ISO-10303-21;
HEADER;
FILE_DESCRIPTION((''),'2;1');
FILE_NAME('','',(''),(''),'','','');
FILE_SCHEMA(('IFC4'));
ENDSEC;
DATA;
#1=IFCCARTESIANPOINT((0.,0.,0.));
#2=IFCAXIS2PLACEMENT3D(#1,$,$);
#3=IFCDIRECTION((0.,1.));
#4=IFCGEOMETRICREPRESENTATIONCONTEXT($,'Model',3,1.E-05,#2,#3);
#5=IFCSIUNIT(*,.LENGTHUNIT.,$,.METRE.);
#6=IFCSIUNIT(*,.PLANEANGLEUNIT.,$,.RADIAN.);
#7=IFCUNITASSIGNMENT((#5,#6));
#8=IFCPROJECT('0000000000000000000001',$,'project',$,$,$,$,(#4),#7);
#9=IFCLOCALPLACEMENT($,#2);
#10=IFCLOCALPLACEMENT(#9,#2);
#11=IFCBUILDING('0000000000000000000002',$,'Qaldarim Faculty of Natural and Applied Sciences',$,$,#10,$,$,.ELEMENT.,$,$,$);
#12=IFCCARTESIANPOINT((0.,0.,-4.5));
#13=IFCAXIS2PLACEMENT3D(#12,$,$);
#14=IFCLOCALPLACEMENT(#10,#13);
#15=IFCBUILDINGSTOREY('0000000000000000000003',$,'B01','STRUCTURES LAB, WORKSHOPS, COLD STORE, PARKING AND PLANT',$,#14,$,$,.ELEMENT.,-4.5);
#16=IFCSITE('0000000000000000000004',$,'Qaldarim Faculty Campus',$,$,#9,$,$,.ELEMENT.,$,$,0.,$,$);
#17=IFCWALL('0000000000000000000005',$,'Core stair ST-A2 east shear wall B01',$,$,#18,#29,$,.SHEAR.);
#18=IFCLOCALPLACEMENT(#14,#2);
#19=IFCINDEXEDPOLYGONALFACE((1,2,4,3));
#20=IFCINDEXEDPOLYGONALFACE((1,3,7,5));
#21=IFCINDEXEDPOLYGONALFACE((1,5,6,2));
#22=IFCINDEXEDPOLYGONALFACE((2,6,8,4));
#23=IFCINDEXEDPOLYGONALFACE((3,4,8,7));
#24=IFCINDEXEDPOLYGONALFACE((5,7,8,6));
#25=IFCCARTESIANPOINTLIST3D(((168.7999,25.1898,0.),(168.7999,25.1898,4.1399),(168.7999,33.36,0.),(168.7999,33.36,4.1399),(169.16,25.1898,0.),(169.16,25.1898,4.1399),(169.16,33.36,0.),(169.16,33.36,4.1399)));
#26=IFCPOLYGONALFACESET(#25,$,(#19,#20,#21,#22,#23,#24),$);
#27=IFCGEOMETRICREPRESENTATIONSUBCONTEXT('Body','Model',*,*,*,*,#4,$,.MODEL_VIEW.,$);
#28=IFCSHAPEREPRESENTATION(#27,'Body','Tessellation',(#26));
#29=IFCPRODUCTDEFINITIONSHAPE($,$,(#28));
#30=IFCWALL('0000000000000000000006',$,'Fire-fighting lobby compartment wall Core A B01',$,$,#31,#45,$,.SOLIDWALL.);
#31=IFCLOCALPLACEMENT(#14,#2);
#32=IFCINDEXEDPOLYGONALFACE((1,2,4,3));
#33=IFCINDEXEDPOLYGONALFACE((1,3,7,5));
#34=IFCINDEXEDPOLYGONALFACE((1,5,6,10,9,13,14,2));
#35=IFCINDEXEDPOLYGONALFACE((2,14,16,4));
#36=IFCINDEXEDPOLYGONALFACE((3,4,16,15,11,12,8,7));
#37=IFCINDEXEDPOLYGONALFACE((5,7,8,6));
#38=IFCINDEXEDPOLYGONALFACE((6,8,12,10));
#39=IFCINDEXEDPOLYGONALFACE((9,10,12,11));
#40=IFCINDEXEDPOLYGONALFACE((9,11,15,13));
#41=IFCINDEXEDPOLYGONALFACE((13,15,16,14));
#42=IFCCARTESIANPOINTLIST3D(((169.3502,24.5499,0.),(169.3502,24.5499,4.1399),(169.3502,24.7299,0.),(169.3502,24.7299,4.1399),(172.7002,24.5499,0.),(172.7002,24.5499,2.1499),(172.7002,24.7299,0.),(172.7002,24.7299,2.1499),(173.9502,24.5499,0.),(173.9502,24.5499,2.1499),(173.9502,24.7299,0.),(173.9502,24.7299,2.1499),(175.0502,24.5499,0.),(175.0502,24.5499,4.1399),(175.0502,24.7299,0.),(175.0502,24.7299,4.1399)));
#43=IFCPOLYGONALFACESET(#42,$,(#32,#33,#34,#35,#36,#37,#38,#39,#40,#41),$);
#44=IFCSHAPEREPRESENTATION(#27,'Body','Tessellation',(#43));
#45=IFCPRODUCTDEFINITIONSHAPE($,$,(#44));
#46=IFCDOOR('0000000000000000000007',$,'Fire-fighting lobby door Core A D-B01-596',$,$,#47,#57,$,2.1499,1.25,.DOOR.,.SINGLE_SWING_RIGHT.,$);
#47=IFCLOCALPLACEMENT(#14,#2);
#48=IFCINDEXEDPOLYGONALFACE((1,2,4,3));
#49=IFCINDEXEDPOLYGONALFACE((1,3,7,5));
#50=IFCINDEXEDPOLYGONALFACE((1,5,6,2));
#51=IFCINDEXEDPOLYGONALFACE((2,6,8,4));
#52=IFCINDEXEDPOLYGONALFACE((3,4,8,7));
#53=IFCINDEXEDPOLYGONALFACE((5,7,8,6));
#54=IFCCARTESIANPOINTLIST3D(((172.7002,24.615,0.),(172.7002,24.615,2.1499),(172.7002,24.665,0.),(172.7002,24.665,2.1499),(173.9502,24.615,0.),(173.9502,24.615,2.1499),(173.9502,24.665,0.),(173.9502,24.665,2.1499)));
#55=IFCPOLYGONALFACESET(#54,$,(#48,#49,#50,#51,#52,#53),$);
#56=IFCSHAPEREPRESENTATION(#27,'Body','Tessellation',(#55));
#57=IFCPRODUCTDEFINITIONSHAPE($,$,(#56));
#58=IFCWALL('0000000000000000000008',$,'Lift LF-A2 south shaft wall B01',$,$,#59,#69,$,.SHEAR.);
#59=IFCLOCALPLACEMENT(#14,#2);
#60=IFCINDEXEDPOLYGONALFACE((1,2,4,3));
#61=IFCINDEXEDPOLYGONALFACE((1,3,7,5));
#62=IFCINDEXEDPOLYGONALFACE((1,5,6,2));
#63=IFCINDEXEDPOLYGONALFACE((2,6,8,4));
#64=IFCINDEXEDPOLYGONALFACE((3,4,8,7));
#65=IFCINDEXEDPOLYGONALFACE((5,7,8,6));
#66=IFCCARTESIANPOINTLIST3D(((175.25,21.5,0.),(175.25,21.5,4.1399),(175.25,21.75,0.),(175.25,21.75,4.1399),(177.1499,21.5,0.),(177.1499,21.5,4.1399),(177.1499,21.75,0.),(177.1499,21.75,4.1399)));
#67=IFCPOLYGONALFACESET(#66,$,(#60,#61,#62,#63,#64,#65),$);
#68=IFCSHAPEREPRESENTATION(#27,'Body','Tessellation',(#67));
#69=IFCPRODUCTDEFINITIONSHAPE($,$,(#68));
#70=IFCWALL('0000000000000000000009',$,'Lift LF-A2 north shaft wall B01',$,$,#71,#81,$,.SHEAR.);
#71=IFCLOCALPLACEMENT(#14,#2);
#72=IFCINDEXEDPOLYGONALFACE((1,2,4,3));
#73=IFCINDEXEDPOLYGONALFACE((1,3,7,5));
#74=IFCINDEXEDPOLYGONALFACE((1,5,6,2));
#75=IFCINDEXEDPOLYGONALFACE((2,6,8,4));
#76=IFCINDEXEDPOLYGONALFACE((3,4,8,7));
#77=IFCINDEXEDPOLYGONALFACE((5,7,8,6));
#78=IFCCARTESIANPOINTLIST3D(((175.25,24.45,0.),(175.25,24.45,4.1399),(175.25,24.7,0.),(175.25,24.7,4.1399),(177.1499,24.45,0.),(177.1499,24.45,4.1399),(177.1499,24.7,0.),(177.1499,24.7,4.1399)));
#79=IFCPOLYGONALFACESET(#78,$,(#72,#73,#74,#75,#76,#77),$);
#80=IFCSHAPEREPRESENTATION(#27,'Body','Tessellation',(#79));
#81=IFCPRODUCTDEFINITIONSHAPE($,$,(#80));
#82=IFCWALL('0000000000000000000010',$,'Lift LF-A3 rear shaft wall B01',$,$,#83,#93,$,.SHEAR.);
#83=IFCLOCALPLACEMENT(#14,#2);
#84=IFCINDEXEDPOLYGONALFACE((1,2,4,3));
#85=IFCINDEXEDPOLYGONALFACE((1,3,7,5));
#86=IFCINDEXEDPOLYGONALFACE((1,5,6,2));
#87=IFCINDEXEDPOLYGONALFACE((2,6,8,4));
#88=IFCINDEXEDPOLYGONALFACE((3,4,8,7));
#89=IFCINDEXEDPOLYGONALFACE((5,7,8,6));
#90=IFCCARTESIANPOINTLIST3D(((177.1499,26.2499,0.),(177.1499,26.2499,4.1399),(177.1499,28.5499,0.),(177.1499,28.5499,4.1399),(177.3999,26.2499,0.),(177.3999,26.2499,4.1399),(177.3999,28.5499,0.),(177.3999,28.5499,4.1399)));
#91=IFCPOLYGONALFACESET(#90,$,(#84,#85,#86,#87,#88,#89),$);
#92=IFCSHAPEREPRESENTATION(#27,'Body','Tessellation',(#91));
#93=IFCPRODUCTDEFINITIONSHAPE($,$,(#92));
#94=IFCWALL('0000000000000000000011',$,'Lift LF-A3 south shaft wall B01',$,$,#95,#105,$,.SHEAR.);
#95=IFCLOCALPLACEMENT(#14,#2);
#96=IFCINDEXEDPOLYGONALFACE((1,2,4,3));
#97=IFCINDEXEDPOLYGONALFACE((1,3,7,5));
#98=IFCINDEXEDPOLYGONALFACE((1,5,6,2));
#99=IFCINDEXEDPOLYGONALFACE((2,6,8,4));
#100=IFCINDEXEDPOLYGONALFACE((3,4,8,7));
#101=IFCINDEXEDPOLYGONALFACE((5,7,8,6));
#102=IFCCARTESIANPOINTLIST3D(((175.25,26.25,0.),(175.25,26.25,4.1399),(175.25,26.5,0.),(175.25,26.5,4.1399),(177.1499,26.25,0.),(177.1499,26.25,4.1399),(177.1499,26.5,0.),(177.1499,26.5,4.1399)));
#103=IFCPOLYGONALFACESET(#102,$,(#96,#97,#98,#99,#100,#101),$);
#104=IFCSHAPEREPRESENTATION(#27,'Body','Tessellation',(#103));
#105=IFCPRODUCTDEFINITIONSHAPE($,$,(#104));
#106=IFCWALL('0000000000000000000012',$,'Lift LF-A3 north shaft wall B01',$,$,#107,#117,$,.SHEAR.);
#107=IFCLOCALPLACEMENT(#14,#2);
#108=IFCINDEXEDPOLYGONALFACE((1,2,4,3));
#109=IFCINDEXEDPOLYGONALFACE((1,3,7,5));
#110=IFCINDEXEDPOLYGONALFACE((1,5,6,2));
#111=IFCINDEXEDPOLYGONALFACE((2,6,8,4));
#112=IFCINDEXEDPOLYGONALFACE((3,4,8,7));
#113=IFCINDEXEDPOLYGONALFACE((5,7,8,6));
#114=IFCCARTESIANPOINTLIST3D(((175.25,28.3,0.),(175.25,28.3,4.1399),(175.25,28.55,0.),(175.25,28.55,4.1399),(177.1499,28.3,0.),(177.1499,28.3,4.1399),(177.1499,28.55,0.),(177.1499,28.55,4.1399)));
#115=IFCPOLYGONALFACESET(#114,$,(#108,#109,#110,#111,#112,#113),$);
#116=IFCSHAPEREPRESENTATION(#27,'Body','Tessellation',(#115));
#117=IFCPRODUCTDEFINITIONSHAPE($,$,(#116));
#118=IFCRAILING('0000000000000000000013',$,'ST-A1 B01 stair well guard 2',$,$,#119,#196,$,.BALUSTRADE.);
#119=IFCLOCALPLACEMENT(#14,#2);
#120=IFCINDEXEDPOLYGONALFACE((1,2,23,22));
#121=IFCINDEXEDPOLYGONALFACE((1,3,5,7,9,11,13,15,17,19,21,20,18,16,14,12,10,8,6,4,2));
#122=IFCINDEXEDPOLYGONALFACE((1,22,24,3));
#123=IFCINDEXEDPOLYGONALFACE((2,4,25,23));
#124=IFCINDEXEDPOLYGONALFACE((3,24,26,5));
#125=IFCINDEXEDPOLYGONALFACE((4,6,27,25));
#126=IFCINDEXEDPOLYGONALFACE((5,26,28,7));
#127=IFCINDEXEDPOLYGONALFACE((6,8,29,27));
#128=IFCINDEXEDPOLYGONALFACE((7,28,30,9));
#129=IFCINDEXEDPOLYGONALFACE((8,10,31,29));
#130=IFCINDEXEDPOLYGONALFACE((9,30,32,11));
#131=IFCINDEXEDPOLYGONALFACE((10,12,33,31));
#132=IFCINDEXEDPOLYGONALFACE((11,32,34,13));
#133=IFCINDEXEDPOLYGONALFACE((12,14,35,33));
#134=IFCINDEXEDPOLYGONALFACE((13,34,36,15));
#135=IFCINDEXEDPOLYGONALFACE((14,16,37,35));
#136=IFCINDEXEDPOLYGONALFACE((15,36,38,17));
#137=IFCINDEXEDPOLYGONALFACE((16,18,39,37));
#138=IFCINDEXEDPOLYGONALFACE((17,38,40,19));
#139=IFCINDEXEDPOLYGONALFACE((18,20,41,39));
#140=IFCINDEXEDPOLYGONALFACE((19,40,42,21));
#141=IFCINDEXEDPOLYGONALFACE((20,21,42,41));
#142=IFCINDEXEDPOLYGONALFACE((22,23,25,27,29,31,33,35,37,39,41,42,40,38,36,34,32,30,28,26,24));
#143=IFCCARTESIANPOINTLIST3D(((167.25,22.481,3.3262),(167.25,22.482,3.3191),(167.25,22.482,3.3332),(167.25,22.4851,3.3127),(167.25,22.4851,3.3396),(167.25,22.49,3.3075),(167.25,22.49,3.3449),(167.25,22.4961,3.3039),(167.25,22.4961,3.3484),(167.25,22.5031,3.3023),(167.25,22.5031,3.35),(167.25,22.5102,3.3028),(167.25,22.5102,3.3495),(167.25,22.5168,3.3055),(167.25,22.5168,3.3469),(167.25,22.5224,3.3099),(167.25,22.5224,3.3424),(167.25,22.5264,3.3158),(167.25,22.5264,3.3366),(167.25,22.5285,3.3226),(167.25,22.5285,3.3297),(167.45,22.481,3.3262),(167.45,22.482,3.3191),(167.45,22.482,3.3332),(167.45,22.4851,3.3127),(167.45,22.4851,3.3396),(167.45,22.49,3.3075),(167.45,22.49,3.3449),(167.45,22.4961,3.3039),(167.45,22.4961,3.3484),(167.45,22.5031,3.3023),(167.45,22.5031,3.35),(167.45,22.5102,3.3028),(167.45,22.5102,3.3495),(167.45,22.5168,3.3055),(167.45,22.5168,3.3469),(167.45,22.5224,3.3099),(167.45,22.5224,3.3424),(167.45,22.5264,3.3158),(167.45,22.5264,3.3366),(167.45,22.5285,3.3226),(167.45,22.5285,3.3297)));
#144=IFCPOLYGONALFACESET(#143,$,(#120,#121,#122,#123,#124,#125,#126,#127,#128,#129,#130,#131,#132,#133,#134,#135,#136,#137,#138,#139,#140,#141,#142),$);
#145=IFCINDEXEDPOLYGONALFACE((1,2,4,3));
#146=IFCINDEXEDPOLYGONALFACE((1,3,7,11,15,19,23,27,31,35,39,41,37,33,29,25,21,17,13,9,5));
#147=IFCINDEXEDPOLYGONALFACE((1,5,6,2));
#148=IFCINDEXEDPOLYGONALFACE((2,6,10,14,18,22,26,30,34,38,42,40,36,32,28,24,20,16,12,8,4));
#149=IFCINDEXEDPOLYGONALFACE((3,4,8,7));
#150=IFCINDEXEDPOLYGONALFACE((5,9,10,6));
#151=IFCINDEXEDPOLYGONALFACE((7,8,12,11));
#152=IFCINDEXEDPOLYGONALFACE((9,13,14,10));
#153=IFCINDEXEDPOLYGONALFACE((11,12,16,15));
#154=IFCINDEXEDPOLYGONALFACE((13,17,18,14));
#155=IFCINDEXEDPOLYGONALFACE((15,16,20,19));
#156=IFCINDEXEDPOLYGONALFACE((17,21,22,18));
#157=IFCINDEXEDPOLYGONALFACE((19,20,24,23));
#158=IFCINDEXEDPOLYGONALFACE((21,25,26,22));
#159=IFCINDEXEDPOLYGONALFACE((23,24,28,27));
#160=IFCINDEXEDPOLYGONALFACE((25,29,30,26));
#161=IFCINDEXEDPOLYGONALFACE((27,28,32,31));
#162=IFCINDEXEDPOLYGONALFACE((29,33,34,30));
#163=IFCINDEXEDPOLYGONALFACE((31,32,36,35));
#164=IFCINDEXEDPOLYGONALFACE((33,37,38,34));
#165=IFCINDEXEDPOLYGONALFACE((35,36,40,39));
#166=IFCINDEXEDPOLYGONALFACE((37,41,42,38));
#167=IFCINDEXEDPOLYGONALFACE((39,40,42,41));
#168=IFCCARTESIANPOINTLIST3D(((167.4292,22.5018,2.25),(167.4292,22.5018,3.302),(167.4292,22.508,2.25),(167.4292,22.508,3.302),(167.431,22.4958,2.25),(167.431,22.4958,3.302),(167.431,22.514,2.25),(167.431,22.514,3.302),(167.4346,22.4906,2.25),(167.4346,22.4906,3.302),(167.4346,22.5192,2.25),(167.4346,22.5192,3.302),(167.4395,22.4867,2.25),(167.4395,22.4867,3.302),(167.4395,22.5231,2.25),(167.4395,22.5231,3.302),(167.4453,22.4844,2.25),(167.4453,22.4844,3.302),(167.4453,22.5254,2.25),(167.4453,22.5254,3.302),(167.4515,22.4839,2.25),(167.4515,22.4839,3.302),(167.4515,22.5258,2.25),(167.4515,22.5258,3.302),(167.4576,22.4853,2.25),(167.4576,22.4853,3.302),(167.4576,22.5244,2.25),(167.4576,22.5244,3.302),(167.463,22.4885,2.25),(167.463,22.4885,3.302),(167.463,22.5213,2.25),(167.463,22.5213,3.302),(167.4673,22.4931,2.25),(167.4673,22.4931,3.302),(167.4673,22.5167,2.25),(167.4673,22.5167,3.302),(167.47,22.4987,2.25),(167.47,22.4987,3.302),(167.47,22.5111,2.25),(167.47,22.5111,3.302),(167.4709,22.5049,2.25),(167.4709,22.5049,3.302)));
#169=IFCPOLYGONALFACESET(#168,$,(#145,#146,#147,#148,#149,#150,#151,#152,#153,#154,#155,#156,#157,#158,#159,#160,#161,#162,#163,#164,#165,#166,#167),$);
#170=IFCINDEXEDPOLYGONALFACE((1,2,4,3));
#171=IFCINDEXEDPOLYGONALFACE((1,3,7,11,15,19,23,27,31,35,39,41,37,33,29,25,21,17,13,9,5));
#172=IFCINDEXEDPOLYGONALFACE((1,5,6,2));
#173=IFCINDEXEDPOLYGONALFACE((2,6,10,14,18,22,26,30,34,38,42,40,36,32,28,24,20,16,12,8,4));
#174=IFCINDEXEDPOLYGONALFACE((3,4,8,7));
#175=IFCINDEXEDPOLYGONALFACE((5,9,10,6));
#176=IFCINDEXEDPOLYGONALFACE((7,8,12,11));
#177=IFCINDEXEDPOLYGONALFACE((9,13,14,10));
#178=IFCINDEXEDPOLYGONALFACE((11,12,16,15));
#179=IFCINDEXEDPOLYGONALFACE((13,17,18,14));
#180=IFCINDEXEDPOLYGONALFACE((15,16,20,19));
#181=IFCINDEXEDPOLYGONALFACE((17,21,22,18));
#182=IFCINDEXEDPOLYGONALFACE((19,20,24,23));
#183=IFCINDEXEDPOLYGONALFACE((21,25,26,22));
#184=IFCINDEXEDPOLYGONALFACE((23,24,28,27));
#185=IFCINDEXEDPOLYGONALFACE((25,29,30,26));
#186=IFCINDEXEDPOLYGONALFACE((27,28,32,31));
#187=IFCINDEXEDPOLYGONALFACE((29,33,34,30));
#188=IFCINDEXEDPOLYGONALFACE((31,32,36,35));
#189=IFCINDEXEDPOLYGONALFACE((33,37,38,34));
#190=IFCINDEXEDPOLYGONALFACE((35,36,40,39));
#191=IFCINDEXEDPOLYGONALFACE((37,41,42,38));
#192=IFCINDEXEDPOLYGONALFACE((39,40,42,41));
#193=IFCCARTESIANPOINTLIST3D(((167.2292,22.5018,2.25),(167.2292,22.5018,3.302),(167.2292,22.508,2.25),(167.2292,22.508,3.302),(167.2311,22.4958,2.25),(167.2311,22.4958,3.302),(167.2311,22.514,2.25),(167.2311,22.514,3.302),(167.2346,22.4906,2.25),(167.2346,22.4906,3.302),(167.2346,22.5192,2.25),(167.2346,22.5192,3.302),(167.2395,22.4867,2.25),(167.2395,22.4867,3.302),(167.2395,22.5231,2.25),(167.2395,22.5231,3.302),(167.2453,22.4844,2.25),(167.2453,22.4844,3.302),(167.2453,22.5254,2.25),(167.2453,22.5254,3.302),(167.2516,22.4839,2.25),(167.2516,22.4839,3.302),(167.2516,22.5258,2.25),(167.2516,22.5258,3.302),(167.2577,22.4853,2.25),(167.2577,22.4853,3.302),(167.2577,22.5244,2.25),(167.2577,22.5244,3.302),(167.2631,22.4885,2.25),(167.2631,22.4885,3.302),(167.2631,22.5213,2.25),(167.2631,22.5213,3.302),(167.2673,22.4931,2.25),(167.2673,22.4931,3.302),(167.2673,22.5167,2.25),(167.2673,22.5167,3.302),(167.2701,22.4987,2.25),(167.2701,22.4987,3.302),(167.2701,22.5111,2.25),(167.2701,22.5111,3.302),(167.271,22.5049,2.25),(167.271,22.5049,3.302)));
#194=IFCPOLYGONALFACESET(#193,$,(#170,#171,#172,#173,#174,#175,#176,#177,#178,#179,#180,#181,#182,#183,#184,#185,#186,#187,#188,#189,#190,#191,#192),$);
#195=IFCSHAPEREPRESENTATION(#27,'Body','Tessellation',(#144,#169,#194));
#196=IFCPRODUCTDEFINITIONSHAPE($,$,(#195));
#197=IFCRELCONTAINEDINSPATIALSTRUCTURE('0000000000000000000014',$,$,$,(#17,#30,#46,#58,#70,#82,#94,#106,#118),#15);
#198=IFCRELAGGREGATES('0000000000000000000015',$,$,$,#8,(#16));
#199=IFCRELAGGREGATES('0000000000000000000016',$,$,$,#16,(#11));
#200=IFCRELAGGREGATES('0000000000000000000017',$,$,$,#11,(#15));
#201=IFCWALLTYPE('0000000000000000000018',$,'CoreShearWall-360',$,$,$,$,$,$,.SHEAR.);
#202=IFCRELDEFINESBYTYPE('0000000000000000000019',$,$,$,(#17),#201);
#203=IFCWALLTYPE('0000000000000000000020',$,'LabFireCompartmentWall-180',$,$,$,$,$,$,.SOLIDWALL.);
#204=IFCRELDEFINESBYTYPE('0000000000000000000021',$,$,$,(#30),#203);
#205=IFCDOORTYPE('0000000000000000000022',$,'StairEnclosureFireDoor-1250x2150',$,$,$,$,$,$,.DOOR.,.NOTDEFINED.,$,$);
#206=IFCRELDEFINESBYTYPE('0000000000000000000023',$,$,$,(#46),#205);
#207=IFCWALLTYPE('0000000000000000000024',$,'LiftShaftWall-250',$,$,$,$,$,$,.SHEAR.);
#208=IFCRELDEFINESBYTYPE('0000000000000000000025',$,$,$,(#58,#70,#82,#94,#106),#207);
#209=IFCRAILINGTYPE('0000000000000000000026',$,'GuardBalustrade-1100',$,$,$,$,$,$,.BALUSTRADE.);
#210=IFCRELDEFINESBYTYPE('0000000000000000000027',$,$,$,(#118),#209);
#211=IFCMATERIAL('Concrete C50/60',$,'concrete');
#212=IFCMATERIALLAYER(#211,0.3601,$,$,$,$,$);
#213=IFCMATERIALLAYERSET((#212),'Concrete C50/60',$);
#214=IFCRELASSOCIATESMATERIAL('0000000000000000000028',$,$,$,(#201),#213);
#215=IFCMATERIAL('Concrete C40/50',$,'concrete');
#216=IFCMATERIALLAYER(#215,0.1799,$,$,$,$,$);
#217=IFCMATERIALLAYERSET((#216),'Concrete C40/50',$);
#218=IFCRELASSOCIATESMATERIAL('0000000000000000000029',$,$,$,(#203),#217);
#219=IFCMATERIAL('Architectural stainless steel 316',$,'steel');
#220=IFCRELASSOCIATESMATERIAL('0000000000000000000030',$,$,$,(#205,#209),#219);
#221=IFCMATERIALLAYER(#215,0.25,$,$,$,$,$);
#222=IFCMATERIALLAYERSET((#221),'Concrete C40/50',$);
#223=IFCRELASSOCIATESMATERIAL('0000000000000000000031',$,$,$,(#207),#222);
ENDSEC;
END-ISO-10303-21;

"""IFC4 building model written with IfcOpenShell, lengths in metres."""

from ifc_helpers import new_model, si_unit, direction, frame, frame_2d, origin, origin_2d, place, context, subcontext, project, spatial, rectangle, circle, extrude, material, layer, layer_set, type_object, element, fill, save


model = new_model("IFC4")

# Units and contexts
model_context = context("Model", 3, precision=1e-05, world=origin(), true_north=direction((0.0, 1.0)))
body_context = subcontext(model_context, "Body", "Model", "MODEL_VIEW")
ifc_project = project(units=[si_unit("LENGTHUNIT", "METRE"), si_unit("PLANEANGLEUNIT", "RADIAN")], contexts=[model_context])

# Site, building, storey
site_placement = place(None, origin())
site = spatial("IfcSite", under=ifc_project, at=site_placement, Name="Qaldarim Faculty Campus", CompositionType="ELEMENT", RefElevation=0.0)
building_placement = place(site_placement, origin())
building = spatial("IfcBuilding", under=site, at=building_placement, Name="Qaldarim Faculty of Natural and Applied Sciences", CompositionType="ELEMENT")
storey_placement = place(building_placement, frame((0.0, 0.0, -4.5)))
storey = spatial("IfcBuildingStorey", under=building, at=storey_placement, Name="B01", Description="STRUCTURES LAB, WORKSHOPS, COLD STORE, PARKING AND PLANT", CompositionType="ELEMENT", Elevation=-4.5)

# Shared definitions
ifc_material_1 = material(Name="Concrete C40/50", Category="concrete")

# Shared definitions
ifc_material_2 = material(Name="Concrete C50/60", Category="concrete")

# Wall
ifc_layer_1 = layer(ifc_material_2, 0.3601)
ifc_layer_set_1 = layer_set([ifc_layer_1], Name="Concrete C50/60")
wall_type_1 = type_object("IfcWallType", Name="CoreShearWall-360", PredefinedType="SHEAR", material=ifc_layer_set_1)
wall_1_placement = place(storey_placement, frame((168.98, 25.1899, 0.0), z_axis=(0.0, 0.0, 1.0), x_axis=(0.0, 1.0, 0.0)))
element("IfcWall", 1, at=wall_1_placement, inside=storey, type_object=wall_type_1, Name="Core stair ST-A2 east shear wall B01", PredefinedType="SHEAR", context=body_context, shape_type="SweptSolid", body=[
    extrude(rectangle(XDim=8.1702, YDim=0.3601, at=frame_2d((4.085, 0.0))), origin(), (0.0, 0.0, 1.0), 4.1399),
])

# Wall, opening, door
ifc_layer_2 = layer(ifc_material_1, 0.1799)
ifc_layer_set_2 = layer_set([ifc_layer_2], Name="Concrete C40/50")
wall_type_2 = type_object("IfcWallType", Name="LabFireCompartmentWall-180", PredefinedType="SOLIDWALL", material=ifc_layer_set_2)
wall_2_placement = place(storey_placement, frame((169.3501, 24.6399, 0.0), z_axis=(0.0, 0.0, 1.0), x_axis=(1.0, 0.0, 0.0)))
wall_2 = element("IfcWall", 2, at=wall_2_placement, inside=storey, type_object=wall_type_2, Name="Fire-fighting lobby compartment wall Core A B01", PredefinedType="SOLIDWALL", context=body_context, shape_type="SweptSolid", body=[
    extrude(rectangle(XDim=5.7, YDim=0.1799, at=frame_2d((2.8501, 0.0))), origin(), (0.0, 0.0, 1.0), 4.1399),
])
opening_1_placement = place(wall_2_placement, frame((3.3501, 0.0, 0.0)))
opening_1 = element("IfcOpeningElement", 3, at=opening_1_placement, cuts=wall_2, PredefinedType="OPENING", context=body_context, shape_type="SweptSolid", body=[
    extrude(rectangle(XDim=1.25, YDim=2.1499, at=frame_2d((0.625, 1.075))), frame((0.0, 0.0999, 0.0), z_axis=(0.0, -1.0, 0.0), x_axis=(1.0, 0.0, 0.0)), (0.0, 0.0, 1.0), 0.2),
])
ifc_material_3 = material(Name="Architectural stainless steel 316", Category="steel")
door_type_1 = type_object("IfcDoorType", Name="StairEnclosureFireDoor-1250x2150", OperationType="NOTDEFINED", PredefinedType="DOOR", material=ifc_material_3)
door_1_placement = place(opening_1_placement, frame((1.25, 0.0, 0.0), z_axis=(0.0, 0.0, 1.0), x_axis=(-1.0, 0.0, 0.0)))
door_1 = element("IfcDoor", 4, at=door_1_placement, inside=storey, type_object=door_type_1, Name="Fire-fighting lobby door Core A D-B01-596", OperationType="SINGLE_SWING_RIGHT", OverallHeight=2.1499, OverallWidth=1.25, PredefinedType="DOOR", context=body_context, shape_type="SweptSolid", body=[
    extrude(rectangle(XDim=1.25, YDim=2.1499, at=frame_2d((0.625, 1.075))), frame((0.0, 0.0249, 0.0), z_axis=(0.0, -1.0, 0.0), x_axis=(1.0, 0.0, 0.0)), (0.0, 0.0, 1.0), 0.05),
])
fill(opening_1, door_1)

# Walls
ifc_layer_3 = layer(ifc_material_1, 0.25)
ifc_layer_set_3 = layer_set([ifc_layer_3], Name="Concrete C40/50")
wall_type_3 = type_object("IfcWallType", Name="LiftShaftWall-250", PredefinedType="SHEAR", material=ifc_layer_set_3)
for number, where, z_axis, x_axis, name in (
    (5, (175.25, 21.625, 0.0), (0.0, 0.0, 1.0), (1.0, 0.0, 0.0), "Lift LF-A2 south shaft wall B01"),
    (6, (175.25, 24.575, 0.0), (0.0, 0.0, 1.0), (1.0, 0.0, 0.0), "Lift LF-A2 north shaft wall B01"),
):
    element("IfcWall", number, at=place(storey_placement, frame(where, z_axis=z_axis, x_axis=x_axis)), inside=storey, type_object=wall_type_3, Name=name, PredefinedType="SHEAR", context=body_context, shape_type="SweptSolid", body=[
        extrude(rectangle(XDim=1.8999, YDim=0.25, at=frame_2d((0.95, 0.0))), origin(), (0.0, 0.0, 1.0), 4.1399),
    ])

# Walls
wall_3_placement = place(storey_placement, frame((177.2749, 26.25, 0.0), z_axis=(0.0, 0.0, 1.0), x_axis=(0.0, 1.0, 0.0)))
element("IfcWall", 7, at=wall_3_placement, inside=storey, type_object=wall_type_3, Name="Lift LF-A3 rear shaft wall B01", PredefinedType="SHEAR", context=body_context, shape_type="SweptSolid", body=[
    extrude(rectangle(XDim=2.3, YDim=0.25, at=frame_2d((1.1499, 0.0))), origin(), (0.0, 0.0, 1.0), 4.1399),
])
for number, where, z_axis, x_axis, name in (
    (8, (175.25, 26.375, 0.0), (0.0, 0.0, 1.0), (1.0, 0.0, 0.0), "Lift LF-A3 south shaft wall B01"),
    (9, (175.25, 28.425, 0.0), (0.0, 0.0, 1.0), (1.0, 0.0, 0.0), "Lift LF-A3 north shaft wall B01"),
):
    element("IfcWall", number, at=place(storey_placement, frame(where, z_axis=z_axis, x_axis=x_axis)), inside=storey, type_object=wall_type_3, Name=name, PredefinedType="SHEAR", context=body_context, shape_type="SweptSolid", body=[
        extrude(rectangle(XDim=1.8999, YDim=0.25, at=frame_2d((0.95, 0.0))), origin(), (0.0, 0.0, 1.0), 4.1399),
    ])

# Railing
railing_type = type_object("IfcRailingType", Name="GuardBalustrade-1100", PredefinedType="BALUSTRADE", material=ifc_material_3)
railing_placement = place(storey_placement, frame((167.45, 22.5049, 2.25)))
element("IfcRailing", 10, at=railing_placement, inside=storey, type_object=railing_type, Name="ST-A1 B01 stair well guard 2", PredefinedType="BALUSTRADE", context=body_context, shape_type="SweptSolid", body=[
    extrude(circle(Radius=0.0239, at=origin_2d()), frame((0.0, 0.0, 1.0762), z_axis=(-1.0, 0.0, 0.0), x_axis=(0.0, -1.0, 0.0)), (0.0, 0.0, 1.0), 0.2),
    extrude(circle(Radius=0.021, at=origin_2d()), origin(), (0.0, 0.0, 1.0), 1.052),
    extrude(circle(Radius=0.021, at=origin_2d()), frame((-0.2, 0.0, 0.0)), (0.0, 0.0, 1.0), 1.052),
])

save(model, "model.ifc")
